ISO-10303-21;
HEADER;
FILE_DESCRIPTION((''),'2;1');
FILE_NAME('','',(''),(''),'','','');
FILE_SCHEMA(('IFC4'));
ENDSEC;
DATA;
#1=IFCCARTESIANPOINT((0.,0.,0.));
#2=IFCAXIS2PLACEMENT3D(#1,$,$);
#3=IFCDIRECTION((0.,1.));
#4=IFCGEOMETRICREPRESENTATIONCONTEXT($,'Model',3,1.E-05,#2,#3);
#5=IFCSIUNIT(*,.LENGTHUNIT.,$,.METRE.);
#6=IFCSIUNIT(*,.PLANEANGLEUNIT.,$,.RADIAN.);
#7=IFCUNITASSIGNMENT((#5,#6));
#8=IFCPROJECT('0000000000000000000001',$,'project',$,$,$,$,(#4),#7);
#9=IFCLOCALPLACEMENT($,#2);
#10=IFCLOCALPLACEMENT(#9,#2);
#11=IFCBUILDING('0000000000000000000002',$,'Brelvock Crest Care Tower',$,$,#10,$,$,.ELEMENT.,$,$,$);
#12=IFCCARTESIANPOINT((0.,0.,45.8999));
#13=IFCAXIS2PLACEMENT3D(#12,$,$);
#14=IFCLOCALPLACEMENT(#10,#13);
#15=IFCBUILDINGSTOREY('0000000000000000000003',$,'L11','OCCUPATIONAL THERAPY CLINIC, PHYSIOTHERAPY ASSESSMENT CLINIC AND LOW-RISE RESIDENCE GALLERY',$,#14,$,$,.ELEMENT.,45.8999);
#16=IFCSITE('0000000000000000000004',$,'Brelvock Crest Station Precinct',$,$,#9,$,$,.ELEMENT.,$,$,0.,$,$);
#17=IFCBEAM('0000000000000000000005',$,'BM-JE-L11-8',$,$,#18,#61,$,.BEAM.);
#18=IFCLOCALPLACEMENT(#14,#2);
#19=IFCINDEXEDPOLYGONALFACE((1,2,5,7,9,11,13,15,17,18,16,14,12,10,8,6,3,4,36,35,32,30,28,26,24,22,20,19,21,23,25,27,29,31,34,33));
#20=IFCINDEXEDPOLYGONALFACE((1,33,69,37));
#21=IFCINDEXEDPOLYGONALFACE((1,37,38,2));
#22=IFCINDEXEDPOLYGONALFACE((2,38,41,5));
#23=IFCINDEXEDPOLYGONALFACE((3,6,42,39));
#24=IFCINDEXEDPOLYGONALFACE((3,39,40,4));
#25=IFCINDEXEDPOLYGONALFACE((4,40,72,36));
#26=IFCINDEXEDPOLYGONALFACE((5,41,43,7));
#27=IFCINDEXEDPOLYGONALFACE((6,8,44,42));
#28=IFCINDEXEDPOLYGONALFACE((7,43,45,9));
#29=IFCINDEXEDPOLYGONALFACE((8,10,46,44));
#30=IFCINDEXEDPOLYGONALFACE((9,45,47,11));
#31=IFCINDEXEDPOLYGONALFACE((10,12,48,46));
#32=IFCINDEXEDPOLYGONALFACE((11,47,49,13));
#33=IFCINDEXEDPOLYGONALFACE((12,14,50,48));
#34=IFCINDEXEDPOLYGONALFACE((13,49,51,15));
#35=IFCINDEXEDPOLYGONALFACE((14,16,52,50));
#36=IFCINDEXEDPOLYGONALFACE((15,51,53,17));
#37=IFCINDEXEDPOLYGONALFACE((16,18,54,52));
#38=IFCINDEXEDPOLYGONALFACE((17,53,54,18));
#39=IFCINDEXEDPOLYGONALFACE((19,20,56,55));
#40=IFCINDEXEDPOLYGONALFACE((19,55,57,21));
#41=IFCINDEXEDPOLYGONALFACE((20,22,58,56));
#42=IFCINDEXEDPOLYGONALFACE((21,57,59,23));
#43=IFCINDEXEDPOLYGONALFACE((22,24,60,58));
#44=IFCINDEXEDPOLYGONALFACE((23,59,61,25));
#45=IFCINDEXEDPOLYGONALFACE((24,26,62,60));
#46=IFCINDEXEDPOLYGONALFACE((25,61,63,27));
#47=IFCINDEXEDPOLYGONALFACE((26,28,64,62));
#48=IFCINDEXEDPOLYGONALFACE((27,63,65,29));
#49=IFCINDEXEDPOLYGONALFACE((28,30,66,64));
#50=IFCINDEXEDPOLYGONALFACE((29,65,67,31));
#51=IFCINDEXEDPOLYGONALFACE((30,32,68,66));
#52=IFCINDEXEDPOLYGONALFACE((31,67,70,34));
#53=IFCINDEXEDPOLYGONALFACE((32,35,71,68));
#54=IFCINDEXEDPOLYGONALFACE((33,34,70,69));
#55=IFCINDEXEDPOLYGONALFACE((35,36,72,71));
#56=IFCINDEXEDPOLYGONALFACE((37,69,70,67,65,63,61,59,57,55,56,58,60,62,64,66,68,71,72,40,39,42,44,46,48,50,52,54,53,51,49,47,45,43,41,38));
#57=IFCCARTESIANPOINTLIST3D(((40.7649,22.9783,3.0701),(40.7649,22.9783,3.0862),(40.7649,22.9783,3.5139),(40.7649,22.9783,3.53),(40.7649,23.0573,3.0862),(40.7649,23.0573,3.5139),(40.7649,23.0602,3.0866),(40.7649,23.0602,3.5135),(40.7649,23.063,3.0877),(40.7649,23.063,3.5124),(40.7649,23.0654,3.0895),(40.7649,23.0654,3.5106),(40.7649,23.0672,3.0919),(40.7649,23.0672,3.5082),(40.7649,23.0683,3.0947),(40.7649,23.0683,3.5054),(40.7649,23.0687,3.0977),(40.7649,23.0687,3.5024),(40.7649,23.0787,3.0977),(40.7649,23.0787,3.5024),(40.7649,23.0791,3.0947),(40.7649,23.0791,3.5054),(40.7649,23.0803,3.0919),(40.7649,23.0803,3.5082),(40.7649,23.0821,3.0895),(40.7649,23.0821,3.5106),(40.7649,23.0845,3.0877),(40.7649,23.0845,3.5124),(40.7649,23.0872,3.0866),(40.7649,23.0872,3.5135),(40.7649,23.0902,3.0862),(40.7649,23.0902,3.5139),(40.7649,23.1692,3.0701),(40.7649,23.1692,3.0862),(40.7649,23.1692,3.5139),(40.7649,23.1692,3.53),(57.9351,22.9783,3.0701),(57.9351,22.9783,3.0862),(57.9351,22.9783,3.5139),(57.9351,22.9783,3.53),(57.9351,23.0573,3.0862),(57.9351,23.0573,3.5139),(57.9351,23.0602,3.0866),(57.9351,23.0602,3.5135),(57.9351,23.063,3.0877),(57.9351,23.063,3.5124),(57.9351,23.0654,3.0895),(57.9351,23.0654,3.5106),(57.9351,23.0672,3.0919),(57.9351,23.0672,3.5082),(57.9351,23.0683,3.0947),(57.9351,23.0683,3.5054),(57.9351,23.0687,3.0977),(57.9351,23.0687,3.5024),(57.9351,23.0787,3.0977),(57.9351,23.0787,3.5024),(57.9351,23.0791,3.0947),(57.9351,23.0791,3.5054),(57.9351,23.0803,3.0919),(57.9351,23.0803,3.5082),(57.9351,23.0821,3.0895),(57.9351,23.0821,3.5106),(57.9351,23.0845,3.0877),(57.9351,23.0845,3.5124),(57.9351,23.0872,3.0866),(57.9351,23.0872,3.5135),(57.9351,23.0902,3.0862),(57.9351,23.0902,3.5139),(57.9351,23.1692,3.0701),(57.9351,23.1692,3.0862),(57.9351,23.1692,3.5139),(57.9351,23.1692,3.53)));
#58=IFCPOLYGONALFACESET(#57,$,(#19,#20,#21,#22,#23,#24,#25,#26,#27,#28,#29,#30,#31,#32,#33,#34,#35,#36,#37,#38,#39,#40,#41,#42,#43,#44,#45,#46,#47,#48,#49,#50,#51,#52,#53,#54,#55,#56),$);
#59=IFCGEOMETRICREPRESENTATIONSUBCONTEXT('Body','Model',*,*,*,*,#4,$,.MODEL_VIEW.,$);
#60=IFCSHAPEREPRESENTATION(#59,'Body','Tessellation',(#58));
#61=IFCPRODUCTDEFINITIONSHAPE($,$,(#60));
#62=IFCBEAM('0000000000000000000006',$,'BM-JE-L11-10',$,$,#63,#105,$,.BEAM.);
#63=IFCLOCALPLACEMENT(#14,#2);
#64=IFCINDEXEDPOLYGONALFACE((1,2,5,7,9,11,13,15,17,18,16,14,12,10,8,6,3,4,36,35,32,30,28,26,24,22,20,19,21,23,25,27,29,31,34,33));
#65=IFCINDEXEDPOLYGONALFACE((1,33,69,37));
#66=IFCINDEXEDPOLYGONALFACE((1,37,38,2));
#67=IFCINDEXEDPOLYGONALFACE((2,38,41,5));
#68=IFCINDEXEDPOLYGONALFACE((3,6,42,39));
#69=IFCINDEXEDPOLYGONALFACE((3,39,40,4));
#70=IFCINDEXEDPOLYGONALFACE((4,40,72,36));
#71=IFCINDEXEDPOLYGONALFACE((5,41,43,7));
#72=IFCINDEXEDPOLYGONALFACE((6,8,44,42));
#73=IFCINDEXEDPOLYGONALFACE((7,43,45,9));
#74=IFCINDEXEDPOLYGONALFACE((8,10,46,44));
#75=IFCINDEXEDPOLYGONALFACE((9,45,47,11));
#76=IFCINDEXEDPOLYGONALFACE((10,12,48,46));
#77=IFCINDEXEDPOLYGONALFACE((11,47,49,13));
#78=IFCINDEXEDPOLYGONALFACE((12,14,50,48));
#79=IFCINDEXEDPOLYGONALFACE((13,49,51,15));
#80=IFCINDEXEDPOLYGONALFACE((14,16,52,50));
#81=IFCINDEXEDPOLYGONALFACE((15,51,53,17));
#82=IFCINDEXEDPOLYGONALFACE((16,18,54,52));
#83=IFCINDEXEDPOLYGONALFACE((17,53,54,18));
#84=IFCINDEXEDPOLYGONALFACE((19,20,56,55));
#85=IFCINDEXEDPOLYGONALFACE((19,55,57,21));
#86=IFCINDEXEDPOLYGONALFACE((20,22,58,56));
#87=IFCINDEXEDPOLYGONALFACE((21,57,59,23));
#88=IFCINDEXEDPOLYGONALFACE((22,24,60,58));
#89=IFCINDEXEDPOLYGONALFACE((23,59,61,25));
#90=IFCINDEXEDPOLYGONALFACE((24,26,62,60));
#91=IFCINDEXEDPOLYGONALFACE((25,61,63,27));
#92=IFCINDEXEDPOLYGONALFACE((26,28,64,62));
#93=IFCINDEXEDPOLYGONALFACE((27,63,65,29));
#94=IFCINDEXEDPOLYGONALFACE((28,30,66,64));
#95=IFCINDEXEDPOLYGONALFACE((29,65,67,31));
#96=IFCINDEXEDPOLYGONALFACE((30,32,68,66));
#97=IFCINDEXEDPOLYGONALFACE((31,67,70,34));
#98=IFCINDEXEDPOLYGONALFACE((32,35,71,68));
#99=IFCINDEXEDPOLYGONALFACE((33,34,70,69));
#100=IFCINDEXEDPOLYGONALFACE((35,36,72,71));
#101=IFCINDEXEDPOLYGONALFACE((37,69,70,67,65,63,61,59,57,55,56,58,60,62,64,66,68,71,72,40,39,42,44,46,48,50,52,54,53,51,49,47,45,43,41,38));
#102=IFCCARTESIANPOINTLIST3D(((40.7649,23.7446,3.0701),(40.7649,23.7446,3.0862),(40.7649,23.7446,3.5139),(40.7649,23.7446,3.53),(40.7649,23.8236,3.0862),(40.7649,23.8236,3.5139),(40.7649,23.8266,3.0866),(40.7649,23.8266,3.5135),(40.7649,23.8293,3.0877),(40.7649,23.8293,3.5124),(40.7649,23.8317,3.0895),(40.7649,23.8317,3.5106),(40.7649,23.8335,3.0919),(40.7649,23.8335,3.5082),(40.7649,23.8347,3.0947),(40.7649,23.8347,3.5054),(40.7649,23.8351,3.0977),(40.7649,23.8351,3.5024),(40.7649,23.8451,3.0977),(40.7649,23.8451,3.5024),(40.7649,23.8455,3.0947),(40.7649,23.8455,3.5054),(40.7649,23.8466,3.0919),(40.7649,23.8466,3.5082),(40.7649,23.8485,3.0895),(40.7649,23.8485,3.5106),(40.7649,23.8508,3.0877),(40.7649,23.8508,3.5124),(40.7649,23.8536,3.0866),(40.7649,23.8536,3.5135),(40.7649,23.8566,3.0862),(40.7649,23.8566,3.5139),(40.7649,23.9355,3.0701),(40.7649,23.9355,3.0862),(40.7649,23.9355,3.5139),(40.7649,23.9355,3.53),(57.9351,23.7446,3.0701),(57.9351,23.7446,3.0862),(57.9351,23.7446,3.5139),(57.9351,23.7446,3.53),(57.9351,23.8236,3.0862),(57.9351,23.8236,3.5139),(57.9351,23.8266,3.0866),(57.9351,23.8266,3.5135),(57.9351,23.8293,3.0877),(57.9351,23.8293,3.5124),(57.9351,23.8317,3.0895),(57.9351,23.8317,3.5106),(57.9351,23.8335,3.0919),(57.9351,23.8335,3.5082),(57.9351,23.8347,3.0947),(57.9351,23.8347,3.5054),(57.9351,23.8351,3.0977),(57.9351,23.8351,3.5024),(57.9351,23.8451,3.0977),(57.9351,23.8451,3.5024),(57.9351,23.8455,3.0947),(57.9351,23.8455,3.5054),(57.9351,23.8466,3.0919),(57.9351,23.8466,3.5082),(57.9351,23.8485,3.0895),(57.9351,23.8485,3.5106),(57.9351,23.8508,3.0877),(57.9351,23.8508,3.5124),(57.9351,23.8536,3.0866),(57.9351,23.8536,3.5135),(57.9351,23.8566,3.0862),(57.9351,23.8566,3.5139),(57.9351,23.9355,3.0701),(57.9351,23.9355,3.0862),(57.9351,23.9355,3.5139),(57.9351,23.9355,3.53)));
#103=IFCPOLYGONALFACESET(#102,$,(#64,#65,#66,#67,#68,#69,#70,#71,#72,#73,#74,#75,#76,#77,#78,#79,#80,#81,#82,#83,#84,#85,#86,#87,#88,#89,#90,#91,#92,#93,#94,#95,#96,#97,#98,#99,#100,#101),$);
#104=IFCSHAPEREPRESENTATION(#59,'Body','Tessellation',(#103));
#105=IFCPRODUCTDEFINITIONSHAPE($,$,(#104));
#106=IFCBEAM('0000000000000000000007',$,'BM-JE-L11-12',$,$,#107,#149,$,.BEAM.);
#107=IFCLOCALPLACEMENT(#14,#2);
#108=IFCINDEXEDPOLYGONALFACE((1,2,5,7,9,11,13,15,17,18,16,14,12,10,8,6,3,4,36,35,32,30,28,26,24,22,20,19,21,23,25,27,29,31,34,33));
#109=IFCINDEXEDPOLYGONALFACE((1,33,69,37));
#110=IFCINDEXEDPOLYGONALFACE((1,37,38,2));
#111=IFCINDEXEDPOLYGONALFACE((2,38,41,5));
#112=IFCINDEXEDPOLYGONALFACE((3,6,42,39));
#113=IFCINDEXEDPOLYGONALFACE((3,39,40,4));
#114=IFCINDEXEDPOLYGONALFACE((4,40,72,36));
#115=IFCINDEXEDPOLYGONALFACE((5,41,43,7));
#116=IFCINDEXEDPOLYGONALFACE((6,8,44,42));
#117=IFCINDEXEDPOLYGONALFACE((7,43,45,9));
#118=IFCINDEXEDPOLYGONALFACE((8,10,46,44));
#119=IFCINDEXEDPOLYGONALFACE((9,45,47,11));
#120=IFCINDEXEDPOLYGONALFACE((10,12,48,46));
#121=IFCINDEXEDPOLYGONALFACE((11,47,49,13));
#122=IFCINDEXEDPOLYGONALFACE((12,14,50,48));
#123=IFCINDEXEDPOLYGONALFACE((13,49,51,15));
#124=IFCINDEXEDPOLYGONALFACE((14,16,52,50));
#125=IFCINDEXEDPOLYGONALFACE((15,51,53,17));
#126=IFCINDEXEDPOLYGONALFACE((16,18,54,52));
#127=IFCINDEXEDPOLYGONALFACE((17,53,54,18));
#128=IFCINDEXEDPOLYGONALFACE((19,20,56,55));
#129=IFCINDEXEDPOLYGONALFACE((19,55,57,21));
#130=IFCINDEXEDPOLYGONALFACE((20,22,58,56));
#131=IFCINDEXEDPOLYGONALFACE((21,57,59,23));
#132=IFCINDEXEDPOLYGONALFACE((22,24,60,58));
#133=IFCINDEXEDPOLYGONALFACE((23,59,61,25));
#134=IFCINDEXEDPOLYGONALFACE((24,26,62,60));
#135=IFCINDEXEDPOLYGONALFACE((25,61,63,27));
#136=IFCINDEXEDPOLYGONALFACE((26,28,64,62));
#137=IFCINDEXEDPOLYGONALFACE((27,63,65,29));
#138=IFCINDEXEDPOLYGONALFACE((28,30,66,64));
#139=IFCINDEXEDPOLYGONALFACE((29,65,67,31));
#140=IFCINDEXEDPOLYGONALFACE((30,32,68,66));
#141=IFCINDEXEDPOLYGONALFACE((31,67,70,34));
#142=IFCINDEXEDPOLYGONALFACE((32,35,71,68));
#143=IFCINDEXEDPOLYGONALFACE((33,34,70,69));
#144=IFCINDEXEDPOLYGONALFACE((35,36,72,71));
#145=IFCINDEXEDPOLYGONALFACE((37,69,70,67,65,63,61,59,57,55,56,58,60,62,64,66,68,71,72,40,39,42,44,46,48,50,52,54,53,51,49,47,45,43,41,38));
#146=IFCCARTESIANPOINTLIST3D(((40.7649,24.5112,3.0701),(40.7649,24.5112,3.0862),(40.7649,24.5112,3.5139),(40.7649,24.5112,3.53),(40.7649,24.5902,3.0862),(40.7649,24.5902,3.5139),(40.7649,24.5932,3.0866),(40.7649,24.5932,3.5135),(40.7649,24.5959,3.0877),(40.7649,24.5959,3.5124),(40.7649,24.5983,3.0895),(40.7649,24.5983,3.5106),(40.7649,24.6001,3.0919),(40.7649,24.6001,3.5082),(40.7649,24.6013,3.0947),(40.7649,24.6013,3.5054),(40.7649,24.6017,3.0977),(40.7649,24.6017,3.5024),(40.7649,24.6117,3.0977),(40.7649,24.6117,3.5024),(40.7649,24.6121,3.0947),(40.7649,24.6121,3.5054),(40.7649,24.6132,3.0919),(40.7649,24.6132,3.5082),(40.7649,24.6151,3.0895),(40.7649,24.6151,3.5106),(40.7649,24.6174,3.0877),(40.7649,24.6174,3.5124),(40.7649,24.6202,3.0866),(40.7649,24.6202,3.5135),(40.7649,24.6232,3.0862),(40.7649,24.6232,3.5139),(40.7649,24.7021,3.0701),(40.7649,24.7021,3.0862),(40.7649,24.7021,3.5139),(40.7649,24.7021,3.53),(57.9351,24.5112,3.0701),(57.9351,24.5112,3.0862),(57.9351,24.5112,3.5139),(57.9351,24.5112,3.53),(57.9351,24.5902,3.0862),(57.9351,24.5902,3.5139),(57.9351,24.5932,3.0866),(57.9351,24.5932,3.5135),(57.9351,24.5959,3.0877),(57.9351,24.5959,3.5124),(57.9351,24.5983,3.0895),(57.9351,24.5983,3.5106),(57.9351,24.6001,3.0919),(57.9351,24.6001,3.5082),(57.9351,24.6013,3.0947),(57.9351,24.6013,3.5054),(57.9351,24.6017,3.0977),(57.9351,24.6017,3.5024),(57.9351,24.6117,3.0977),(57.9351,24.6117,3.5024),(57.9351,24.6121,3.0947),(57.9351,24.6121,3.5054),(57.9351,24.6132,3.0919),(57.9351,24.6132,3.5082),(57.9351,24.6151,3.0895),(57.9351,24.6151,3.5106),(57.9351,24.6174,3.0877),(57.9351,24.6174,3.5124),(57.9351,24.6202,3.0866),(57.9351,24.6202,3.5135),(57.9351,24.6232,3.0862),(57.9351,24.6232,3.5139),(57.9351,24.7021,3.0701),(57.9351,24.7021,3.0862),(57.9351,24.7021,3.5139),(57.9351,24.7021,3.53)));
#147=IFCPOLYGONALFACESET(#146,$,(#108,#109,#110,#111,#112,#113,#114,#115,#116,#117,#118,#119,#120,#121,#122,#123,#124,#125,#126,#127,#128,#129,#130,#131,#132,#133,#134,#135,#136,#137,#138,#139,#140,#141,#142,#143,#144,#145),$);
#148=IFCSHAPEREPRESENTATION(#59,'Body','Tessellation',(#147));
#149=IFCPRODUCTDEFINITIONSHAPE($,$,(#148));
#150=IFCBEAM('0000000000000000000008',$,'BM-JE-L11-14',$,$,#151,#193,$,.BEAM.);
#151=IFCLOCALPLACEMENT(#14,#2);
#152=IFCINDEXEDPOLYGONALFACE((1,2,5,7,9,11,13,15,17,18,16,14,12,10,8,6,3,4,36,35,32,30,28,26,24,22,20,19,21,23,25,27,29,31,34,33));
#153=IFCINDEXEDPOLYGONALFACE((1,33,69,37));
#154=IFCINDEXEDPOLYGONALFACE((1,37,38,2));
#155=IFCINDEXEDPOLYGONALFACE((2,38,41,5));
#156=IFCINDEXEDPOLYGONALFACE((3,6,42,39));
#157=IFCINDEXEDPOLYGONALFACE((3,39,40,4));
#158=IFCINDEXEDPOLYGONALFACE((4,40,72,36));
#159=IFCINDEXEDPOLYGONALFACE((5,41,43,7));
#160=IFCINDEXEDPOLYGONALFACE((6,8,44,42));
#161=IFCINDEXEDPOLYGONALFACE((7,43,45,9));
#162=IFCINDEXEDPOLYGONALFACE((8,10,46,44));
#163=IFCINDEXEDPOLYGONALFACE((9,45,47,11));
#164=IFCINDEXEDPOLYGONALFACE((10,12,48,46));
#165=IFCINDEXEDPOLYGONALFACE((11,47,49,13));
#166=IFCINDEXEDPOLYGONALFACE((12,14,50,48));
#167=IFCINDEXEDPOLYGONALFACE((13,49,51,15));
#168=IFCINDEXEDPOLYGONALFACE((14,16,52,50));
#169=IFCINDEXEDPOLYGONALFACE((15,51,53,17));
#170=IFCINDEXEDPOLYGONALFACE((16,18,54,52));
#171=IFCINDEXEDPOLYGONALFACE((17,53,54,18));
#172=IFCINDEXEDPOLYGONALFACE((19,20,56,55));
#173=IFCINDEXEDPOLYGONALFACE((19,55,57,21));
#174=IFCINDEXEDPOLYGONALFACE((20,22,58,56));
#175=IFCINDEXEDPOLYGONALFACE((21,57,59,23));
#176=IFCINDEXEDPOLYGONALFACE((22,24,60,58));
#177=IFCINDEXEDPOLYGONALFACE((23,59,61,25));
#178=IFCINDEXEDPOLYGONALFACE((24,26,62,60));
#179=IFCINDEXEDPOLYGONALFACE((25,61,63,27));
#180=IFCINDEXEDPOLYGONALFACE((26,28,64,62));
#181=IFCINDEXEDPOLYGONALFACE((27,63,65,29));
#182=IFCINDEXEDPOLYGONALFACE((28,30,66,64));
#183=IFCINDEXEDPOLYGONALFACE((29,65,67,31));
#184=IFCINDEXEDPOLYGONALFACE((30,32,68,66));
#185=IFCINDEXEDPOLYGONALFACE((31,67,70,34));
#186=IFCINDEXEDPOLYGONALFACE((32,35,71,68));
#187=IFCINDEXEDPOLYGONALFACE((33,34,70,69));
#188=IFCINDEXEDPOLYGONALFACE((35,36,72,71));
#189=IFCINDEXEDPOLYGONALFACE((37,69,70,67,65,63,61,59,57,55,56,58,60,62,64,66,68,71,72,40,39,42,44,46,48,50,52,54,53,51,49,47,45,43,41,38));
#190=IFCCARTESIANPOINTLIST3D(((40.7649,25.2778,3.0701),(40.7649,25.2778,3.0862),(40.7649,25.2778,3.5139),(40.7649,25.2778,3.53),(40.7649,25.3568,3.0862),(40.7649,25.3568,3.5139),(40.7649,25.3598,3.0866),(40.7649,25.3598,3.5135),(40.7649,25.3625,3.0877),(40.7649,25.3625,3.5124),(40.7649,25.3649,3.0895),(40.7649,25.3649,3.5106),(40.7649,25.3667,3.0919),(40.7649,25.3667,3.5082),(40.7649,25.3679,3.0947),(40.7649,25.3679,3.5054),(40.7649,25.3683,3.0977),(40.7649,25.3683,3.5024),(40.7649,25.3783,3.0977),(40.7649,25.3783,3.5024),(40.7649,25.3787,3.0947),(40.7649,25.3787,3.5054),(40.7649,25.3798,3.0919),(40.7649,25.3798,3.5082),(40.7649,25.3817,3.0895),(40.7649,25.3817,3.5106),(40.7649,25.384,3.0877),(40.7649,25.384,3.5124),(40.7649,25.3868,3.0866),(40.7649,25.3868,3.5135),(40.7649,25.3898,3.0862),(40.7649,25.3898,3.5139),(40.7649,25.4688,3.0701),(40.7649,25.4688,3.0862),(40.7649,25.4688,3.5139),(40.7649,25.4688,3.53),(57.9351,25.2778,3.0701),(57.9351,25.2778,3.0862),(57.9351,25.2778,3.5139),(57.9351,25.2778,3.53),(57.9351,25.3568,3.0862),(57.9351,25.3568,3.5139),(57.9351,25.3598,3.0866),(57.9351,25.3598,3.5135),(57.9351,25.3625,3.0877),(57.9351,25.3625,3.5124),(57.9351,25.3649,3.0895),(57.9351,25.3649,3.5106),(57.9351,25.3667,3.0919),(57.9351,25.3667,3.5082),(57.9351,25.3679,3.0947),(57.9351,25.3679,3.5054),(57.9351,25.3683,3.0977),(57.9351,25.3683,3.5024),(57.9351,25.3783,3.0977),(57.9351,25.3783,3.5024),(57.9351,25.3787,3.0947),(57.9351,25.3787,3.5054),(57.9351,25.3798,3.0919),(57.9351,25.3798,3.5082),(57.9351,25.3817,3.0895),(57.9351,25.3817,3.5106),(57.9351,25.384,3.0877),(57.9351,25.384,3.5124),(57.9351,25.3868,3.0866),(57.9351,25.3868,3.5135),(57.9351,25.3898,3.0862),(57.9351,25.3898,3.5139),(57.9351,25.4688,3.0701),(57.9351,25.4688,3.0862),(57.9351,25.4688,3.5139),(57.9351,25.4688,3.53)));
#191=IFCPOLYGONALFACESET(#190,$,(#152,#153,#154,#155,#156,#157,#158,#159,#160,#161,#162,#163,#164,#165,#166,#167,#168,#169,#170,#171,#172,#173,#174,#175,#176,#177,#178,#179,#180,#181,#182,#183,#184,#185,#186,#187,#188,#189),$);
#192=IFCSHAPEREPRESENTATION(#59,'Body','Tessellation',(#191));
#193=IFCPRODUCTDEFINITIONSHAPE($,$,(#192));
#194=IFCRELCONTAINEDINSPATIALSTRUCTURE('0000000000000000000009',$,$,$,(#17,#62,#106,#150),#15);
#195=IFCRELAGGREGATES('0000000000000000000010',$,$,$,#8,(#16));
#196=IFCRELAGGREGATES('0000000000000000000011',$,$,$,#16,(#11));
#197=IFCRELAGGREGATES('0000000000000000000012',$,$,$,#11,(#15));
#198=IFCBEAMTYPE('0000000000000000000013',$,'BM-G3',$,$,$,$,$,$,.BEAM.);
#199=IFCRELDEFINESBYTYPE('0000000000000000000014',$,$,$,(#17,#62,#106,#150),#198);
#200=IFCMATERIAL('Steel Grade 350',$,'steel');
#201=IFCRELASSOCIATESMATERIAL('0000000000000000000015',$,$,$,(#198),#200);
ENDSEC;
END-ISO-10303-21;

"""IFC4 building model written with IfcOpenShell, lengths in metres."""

from ifc_helpers import new_model, si_unit, direction, frame, origin, origin_2d, place, context, subcontext, project, spatial, i_section, extrude, source, transform, mapped, material, material_profile, profile_set, type_object, element, save


model = new_model("IFC4")

# Units and contexts
model_context = context("Model", 3, precision=1e-05, world=origin(), true_north=direction((0.0, 1.0)))
body_context = subcontext(model_context, "Body", "Model", "MODEL_VIEW")
ifc_project = project(units=[si_unit("LENGTHUNIT", "METRE"), si_unit("PLANEANGLEUNIT", "RADIAN")], contexts=[model_context])

# Site, building, storey
site_placement = place(None, origin())
site = spatial("IfcSite", under=ifc_project, at=site_placement, Name="Brelvock Crest Station Precinct", CompositionType="ELEMENT", RefElevation=0.0)
building_placement = place(site_placement, origin())
building = spatial("IfcBuilding", under=site, at=building_placement, Name="Brelvock Crest Care Tower", CompositionType="ELEMENT")
storey_placement = place(building_placement, frame((0.0, 0.0, 45.8999)))
storey = spatial("IfcBuildingStorey", under=building, at=storey_placement, Name="L11", Description="OCCUPATIONAL THERAPY CLINIC, PHYSIOTHERAPY ASSESSMENT CLINIC AND LOW-RISE RESIDENCE GALLERY", CompositionType="ELEMENT", Elevation=45.8999)

# Shared definitions
ifc_material_1 = material(Name="Steel Grade 350", Category="steel")

# Beams
ifc_material_profile_1 = material_profile(ifc_material_1, i_section(OverallWidth=0.1909, OverallDepth=0.46, WebThickness=0.01, FlangeThickness=0.0161, FilletRadius=0.0115, at=origin_2d()), Name="460UB82.1")
ifc_profile_set_1 = profile_set([ifc_material_profile_1], Name="Steel Grade 350")
beam_type_1 = type_object("IfcBeamType", Name="BM-G3", PredefinedType="BEAM", material=ifc_profile_set_1)
shared_shape_1 = source(origin(), body_context, "Body", "SweptSolid", [
    extrude(i_section(OverallWidth=0.1909, OverallDepth=0.46, WebThickness=0.01, FlangeThickness=0.0161, FilletRadius=0.0115, at=origin_2d()), origin(), (0.0, 0.0, 1.0), 17.1702),
])
for number, where, z_axis, x_axis, name in (
    (1, (40.7649, 23.0737, 3.3), (1.0, 0.0, 0.0), (0.0, 1.0, 0.0), "BM-JE-L11-8"),
    (2, (40.7649, 23.8401, 3.3), (1.0, 0.0, 0.0), (0.0, 1.0, 0.0), "BM-JE-L11-10"),
    (3, (40.7649, 24.6067, 3.3), (1.0, 0.0, 0.0), (0.0, 1.0, 0.0), "BM-JE-L11-12"),
    (4, (40.7649, 25.3733, 3.3), (1.0, 0.0, 0.0), (0.0, 1.0, 0.0), "BM-JE-L11-14"),
):
    element("IfcBeam", number, at=place(storey_placement, frame(where, z_axis=z_axis, x_axis=x_axis)), inside=storey, type_object=beam_type_1, Name=name, PredefinedType="BEAM", context=body_context, shape_type="MappedRepresentation", body=[
        mapped(shared_shape_1, transform((0.0, 0.0, 0.0), x_axis=(1.0, 0.0, 0.0), y_axis=(0.0, 1.0, 0.0), z_axis=(0.0, 0.0, 1.0), scale=1.0)),
    ])

save(model, "model.ifc")
